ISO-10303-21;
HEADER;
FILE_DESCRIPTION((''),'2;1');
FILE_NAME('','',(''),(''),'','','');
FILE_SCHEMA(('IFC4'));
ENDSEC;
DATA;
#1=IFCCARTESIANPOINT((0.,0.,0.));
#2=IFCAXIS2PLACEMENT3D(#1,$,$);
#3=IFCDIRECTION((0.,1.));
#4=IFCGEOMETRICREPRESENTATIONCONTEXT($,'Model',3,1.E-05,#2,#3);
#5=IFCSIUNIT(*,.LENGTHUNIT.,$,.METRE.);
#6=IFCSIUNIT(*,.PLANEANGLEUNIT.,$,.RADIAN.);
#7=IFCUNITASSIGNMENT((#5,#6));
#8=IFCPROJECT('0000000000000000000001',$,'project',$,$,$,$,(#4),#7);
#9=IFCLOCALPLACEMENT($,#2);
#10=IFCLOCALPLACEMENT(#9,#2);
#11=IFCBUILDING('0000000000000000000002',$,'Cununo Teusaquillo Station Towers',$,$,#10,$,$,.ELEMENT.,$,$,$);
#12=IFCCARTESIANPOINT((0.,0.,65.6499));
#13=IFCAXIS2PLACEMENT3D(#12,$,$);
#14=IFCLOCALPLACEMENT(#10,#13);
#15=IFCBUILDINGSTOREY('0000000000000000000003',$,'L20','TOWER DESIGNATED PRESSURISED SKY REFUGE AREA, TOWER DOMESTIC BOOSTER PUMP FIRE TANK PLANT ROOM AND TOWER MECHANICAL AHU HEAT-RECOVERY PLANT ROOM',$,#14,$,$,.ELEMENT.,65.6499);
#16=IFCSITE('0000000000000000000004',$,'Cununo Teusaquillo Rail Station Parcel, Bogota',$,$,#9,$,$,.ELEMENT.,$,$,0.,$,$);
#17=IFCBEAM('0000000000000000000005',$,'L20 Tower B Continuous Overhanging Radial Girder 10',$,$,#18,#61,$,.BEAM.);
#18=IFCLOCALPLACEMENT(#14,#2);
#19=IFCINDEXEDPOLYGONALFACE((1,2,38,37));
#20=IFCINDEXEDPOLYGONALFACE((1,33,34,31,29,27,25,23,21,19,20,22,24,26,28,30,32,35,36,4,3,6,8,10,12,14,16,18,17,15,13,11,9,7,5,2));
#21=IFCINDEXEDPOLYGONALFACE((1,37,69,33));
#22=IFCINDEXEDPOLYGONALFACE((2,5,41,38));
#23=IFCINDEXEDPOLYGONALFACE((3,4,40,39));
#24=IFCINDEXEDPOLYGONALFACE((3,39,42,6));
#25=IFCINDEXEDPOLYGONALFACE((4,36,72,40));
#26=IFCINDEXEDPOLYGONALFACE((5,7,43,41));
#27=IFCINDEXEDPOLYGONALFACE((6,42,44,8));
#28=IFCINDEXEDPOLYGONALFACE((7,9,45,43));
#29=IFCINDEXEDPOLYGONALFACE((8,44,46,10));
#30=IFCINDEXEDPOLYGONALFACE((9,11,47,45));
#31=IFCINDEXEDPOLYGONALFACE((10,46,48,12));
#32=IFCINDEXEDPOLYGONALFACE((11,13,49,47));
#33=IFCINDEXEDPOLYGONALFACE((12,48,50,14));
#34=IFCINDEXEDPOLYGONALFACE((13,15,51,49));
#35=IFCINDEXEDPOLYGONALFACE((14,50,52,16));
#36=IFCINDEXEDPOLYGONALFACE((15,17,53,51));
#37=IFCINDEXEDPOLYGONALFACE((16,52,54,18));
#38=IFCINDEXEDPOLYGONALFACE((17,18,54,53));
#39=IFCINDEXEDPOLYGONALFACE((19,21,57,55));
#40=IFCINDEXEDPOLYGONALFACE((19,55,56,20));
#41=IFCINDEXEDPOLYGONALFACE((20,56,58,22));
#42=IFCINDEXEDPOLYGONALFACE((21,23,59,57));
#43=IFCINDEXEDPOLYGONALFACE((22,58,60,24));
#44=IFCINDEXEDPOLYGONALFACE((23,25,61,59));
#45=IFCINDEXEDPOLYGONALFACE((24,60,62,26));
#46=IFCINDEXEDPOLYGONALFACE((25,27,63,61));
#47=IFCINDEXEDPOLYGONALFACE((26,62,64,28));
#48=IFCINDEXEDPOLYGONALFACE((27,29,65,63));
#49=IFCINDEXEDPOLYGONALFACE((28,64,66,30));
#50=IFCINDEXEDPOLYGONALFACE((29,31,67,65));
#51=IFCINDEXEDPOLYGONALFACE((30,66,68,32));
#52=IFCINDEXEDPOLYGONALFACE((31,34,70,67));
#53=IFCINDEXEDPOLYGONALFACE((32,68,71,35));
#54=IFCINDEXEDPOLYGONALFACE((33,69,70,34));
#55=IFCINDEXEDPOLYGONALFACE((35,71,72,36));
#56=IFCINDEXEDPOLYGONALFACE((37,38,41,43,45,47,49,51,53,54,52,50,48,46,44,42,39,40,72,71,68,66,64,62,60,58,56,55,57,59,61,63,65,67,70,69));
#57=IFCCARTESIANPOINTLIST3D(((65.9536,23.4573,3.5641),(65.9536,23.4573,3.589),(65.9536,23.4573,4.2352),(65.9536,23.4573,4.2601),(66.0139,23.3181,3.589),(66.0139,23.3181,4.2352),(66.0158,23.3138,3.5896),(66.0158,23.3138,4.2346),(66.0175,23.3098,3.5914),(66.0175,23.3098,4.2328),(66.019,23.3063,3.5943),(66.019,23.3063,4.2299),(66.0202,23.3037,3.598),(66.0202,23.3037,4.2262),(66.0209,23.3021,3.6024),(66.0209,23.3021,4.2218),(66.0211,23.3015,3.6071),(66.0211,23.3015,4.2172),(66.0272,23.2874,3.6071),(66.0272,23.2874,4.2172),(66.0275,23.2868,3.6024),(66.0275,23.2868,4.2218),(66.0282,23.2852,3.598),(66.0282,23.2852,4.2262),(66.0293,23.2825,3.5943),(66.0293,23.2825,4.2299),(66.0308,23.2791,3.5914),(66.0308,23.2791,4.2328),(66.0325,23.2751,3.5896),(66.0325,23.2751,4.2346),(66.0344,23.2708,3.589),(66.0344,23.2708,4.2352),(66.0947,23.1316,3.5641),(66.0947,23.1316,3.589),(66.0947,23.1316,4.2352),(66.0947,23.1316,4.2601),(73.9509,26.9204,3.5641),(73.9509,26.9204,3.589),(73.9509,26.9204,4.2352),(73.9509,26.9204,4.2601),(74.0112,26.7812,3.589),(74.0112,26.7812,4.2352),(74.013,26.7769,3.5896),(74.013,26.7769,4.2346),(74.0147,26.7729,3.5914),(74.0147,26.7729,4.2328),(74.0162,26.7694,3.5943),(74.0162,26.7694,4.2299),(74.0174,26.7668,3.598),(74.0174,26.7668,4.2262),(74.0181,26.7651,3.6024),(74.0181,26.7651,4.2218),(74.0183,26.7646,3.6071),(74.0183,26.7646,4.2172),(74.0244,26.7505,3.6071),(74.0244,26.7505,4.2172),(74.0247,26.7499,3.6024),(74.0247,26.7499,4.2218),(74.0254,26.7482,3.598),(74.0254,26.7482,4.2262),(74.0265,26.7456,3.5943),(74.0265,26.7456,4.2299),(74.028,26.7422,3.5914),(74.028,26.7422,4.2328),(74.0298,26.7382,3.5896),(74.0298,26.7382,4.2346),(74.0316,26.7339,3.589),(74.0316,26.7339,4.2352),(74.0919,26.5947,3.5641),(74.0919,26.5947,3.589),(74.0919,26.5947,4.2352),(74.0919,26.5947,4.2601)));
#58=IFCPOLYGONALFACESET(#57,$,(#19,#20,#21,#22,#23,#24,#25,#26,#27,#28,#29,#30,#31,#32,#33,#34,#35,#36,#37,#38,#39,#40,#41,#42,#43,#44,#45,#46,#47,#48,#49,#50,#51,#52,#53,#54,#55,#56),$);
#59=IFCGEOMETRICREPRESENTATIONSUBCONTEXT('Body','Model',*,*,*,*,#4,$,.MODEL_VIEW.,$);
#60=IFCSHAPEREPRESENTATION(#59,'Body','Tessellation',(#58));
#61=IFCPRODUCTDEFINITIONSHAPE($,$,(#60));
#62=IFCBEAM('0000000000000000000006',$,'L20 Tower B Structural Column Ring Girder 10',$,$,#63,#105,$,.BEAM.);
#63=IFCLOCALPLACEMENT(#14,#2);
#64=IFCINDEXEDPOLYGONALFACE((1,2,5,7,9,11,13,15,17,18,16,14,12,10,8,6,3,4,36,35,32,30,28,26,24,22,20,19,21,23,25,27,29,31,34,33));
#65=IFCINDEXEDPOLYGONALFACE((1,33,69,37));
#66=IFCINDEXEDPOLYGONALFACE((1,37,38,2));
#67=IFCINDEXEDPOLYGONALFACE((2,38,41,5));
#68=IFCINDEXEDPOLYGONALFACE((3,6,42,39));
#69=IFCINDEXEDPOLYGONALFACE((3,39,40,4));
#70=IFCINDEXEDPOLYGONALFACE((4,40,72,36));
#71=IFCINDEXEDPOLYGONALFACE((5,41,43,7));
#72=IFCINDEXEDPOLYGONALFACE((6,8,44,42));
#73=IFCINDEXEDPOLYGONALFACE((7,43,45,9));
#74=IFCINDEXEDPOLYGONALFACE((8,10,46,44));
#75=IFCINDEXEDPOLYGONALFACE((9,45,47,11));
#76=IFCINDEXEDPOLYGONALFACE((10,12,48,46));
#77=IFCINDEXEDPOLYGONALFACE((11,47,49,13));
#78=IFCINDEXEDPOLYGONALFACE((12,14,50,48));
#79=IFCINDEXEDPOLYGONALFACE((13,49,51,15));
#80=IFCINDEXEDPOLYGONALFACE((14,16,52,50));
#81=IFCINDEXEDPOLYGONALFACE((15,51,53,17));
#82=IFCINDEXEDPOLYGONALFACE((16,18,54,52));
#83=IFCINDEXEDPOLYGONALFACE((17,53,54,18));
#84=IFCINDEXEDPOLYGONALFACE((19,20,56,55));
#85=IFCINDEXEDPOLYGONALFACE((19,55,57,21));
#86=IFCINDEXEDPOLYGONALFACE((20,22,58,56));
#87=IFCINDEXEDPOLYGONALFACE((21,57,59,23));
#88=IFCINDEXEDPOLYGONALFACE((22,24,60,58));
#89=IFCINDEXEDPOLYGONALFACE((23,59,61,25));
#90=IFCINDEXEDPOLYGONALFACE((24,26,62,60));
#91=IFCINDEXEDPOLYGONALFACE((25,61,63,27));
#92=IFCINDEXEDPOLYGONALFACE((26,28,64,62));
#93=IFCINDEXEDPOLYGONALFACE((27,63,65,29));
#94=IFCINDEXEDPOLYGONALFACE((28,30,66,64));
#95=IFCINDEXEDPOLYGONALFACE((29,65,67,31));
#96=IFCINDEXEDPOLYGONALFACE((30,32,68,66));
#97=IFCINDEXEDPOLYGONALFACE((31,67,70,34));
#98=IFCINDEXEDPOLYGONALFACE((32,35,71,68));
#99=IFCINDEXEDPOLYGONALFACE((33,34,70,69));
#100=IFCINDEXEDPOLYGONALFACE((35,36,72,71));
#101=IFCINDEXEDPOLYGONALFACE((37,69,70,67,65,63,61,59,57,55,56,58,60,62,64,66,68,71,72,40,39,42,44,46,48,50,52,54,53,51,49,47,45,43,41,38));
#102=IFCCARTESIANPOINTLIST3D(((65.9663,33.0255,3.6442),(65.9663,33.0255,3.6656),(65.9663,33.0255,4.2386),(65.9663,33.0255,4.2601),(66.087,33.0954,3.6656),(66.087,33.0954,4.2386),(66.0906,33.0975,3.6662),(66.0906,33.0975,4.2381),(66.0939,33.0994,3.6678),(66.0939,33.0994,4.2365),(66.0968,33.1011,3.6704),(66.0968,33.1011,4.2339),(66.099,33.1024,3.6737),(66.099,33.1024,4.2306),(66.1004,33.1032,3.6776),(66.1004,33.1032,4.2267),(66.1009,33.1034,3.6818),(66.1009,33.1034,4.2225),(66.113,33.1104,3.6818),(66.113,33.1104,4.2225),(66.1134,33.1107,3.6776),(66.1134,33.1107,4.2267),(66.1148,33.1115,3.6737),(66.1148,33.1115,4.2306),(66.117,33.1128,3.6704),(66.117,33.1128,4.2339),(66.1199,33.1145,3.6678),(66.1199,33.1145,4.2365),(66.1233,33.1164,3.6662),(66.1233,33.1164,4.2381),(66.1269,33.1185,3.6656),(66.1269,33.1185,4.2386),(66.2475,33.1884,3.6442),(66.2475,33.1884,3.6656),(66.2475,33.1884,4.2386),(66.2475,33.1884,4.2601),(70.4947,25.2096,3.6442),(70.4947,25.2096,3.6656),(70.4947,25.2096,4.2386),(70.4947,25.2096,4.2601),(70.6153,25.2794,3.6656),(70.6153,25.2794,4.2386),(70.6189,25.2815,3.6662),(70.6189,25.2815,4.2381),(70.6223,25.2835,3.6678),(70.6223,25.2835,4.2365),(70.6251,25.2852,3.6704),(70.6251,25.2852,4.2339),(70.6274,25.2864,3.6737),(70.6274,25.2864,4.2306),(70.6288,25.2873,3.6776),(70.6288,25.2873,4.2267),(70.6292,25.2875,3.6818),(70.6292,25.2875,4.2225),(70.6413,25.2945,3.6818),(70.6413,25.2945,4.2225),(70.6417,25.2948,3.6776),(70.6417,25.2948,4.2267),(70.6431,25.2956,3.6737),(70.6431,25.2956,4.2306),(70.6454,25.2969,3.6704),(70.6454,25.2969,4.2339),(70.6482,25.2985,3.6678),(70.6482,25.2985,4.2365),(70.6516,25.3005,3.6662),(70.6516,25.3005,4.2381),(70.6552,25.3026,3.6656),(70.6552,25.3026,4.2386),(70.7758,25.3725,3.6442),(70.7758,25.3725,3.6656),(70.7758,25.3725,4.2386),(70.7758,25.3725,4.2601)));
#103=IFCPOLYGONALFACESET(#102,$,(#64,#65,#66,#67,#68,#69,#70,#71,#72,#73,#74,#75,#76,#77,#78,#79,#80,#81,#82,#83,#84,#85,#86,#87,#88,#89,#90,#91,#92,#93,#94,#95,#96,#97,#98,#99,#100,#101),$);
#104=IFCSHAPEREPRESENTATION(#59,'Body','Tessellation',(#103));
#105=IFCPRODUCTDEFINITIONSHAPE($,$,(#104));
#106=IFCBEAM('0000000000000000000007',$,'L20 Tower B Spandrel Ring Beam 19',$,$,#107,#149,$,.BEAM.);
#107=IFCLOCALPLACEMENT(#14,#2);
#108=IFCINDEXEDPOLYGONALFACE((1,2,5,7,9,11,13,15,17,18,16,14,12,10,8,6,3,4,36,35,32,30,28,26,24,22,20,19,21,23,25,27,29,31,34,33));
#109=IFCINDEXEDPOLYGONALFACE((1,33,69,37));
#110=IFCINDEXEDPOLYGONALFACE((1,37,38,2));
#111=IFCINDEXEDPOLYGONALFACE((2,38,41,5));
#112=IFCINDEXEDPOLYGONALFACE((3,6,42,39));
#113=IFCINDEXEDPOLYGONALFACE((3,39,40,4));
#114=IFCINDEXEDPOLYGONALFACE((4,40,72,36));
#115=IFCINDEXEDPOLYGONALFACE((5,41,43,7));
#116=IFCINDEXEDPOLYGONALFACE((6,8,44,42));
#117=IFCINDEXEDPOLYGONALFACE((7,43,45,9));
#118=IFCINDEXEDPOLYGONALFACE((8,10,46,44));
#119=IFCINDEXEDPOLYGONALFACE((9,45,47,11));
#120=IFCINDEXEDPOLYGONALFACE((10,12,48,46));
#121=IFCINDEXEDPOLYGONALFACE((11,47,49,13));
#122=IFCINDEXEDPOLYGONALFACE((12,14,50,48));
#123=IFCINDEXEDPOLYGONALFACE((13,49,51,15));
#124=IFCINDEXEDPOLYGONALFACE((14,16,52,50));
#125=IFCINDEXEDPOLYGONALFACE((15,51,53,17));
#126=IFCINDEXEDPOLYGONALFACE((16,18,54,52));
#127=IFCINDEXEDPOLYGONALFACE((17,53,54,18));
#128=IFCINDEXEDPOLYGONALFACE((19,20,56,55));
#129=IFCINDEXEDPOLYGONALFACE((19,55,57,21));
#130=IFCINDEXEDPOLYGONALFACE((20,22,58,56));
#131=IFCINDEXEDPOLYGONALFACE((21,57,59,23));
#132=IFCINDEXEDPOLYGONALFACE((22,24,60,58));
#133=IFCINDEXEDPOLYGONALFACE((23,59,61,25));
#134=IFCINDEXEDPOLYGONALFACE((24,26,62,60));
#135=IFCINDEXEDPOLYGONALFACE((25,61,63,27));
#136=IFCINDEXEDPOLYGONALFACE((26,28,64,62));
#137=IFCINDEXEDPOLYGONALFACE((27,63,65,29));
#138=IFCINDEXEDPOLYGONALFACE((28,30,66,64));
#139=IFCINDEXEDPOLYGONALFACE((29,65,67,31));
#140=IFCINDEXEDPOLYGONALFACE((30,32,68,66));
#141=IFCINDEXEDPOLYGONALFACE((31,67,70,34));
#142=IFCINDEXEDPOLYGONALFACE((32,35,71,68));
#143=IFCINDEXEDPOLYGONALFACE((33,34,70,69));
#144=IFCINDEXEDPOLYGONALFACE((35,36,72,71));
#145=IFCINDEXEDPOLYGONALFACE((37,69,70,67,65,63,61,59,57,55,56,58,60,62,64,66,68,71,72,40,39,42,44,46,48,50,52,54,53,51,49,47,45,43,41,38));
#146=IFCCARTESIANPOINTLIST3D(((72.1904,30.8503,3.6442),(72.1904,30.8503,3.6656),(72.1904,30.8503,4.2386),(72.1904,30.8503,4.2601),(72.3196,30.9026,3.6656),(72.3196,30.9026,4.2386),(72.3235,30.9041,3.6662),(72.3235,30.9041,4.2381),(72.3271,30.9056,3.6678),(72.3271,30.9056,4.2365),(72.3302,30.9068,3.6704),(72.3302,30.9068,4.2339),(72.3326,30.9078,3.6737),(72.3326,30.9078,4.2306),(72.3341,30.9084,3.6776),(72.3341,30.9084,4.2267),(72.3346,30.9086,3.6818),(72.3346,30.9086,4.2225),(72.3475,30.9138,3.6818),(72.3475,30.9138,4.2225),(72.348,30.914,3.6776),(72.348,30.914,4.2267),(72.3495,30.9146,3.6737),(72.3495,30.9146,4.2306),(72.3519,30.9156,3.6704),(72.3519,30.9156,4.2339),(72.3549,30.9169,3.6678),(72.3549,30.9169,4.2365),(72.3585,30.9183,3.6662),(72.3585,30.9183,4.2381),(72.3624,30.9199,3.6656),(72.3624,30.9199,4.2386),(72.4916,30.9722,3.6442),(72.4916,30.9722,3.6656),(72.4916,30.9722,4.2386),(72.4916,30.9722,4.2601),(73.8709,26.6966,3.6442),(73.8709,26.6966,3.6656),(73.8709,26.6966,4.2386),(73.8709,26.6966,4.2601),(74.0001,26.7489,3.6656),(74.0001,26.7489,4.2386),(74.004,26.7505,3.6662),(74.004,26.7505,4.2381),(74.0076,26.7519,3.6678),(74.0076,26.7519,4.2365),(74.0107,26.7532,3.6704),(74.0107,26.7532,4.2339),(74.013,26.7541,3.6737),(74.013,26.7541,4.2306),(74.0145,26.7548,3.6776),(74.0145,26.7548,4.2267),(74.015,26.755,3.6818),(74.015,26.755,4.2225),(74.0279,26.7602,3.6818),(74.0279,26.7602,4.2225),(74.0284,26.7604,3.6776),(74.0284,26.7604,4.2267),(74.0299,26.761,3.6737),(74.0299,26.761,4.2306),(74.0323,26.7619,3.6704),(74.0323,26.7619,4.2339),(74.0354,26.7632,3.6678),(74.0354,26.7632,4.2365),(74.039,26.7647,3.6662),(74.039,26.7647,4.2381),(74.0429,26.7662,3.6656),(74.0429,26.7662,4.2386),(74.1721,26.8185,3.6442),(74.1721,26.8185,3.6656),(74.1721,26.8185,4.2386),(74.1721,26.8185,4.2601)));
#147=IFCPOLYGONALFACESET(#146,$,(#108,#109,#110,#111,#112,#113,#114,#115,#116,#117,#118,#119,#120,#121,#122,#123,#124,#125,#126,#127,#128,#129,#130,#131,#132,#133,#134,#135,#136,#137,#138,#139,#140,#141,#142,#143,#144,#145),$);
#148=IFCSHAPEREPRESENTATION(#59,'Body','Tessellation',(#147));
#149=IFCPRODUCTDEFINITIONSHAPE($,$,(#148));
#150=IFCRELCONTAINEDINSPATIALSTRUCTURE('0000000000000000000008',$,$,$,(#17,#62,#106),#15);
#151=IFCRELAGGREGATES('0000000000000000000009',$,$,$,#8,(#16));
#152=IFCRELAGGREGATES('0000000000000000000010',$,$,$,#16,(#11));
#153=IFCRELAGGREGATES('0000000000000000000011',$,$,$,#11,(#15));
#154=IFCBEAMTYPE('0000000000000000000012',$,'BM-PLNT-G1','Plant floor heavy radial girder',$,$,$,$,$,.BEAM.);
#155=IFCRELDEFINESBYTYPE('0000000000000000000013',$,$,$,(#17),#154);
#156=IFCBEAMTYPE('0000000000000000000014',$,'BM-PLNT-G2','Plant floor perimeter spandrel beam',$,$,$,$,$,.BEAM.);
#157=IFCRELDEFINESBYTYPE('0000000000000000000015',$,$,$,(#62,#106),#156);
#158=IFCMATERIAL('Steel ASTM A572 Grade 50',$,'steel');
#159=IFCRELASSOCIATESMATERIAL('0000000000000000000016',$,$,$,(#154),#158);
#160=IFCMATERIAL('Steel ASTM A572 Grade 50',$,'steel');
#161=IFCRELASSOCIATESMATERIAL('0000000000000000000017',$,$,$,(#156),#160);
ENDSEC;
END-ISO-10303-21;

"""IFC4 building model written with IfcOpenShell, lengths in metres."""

from ifc_helpers import new_model, si_unit, direction, frame, origin, origin_2d, place, context, subcontext, project, spatial, i_section, extrude, material, material_profile, profile_set, type_object, element, save


model = new_model("IFC4")

# Units and contexts
model_context = context("Model", 3, precision=1e-05, world=origin(), true_north=direction((0.0, 1.0)))
body_context = subcontext(model_context, "Body", "Model", "MODEL_VIEW")
ifc_project = project(units=[si_unit("LENGTHUNIT", "METRE"), si_unit("PLANEANGLEUNIT", "RADIAN")], contexts=[model_context])

# Site, building, storey
site_placement = place(None, origin())
site = spatial("IfcSite", under=ifc_project, at=site_placement, Name="Cununo Teusaquillo Rail Station Parcel, Bogota", CompositionType="ELEMENT", RefElevation=0.0)
building_placement = place(site_placement, origin())
building = spatial("IfcBuilding", under=site, at=building_placement, Name="Cununo Teusaquillo Station Towers", CompositionType="ELEMENT")
storey_placement = place(building_placement, frame((0.0, 0.0, 65.6499)))
storey = spatial("IfcBuildingStorey", under=building, at=storey_placement, Name="L20", Description="TOWER DESIGNATED PRESSURISED SKY REFUGE AREA, TOWER DOMESTIC BOOSTER PUMP FIRE TANK PLANT ROOM AND TOWER MECHANICAL AHU HEAT-RECOVERY PLANT ROOM", CompositionType="ELEMENT", Elevation=65.6499)

# Beams
ifc_material_1 = material(Name="Steel ASTM A572 Grade 50", Category="steel")
ifc_material_profile_1 = material_profile(ifc_material_1, i_section(OverallWidth=0.355, OverallDepth=0.696, WebThickness=0.0154, FlangeThickness=0.0249, FilletRadius=0.0181, at=origin_2d()), Name="W27X146")
ifc_profile_set_1 = profile_set([ifc_material_profile_1], Name="Steel ASTM A572 Grade 50")
beam_type_1 = type_object("IfcBeamType", Name="BM-PLNT-G1", Description="Plant floor heavy radial girder", PredefinedType="BEAM", material=ifc_profile_set_1)
beam_1_placement = place(storey_placement, frame((66.0242, 23.2944, 3.9121), z_axis=(0.917655, 0.397379, 0.0), x_axis=(-0.397379, 0.917655, 0.0)))
element("IfcBeam", 1, at=beam_1_placement, inside=storey, type_object=beam_type_1, Name="L20 Tower B Continuous Overhanging Radial Girder 10", PredefinedType="BEAM", context=body_context, shape_type="SweptSolid", body=[
    extrude(i_section(OverallWidth=0.355, OverallDepth=0.696, WebThickness=0.0154, FlangeThickness=0.0249, FilletRadius=0.0181, at=origin_2d()), origin(), (0.0, 0.0, 1.0), 8.7148),
])
ifc_material_2 = material(Name="Steel ASTM A572 Grade 50", Category="steel")
ifc_material_profile_2 = material_profile(ifc_material_2, i_section(OverallWidth=0.325, OverallDepth=0.616, WebThickness=0.0139, FlangeThickness=0.0215, FilletRadius=0.0161, at=origin_2d()), Name="W24X117")
ifc_profile_set_2 = profile_set([ifc_material_profile_2], Name="Steel ASTM A572 Grade 50")
beam_type_2 = type_object("IfcBeamType", Name="BM-PLNT-G2", Description="Plant floor perimeter spandrel beam", PredefinedType="BEAM", material=ifc_profile_set_2)
beam_2_placement = place(storey_placement, frame((70.6353, 25.291, 3.9521), z_axis=(-0.501311, 0.865267, 0.0), x_axis=(-0.865267, -0.501311, 0.0)))
element("IfcBeam", 2, at=beam_2_placement, inside=storey, type_object=beam_type_2, Name="L20 Tower B Structural Column Ring Girder 10", PredefinedType="BEAM", context=body_context, shape_type="SweptSolid", body=[
    extrude(i_section(OverallWidth=0.325, OverallDepth=0.616, WebThickness=0.0139, FlangeThickness=0.0215, FilletRadius=0.0161, at=origin_2d()), origin(), (0.0, 0.0, 1.0), 9.033),
])
beam_3_placement = place(storey_placement, frame((74.0215, 26.7576, 3.9521), z_axis=(-0.375042, 0.927008, 0.0), x_axis=(-0.927008, -0.375042, 0.0)))
element("IfcBeam", 3, at=beam_3_placement, inside=storey, type_object=beam_type_2, Name="L20 Tower B Spandrel Ring Beam 19", PredefinedType="BEAM", context=body_context, shape_type="SweptSolid", body=[
    extrude(i_section(OverallWidth=0.325, OverallDepth=0.616, WebThickness=0.0139, FlangeThickness=0.0215, FilletRadius=0.0161, at=origin_2d()), origin(), (0.0, 0.0, 1.0), 4.4807),
])

save(model, "model.ifc")
